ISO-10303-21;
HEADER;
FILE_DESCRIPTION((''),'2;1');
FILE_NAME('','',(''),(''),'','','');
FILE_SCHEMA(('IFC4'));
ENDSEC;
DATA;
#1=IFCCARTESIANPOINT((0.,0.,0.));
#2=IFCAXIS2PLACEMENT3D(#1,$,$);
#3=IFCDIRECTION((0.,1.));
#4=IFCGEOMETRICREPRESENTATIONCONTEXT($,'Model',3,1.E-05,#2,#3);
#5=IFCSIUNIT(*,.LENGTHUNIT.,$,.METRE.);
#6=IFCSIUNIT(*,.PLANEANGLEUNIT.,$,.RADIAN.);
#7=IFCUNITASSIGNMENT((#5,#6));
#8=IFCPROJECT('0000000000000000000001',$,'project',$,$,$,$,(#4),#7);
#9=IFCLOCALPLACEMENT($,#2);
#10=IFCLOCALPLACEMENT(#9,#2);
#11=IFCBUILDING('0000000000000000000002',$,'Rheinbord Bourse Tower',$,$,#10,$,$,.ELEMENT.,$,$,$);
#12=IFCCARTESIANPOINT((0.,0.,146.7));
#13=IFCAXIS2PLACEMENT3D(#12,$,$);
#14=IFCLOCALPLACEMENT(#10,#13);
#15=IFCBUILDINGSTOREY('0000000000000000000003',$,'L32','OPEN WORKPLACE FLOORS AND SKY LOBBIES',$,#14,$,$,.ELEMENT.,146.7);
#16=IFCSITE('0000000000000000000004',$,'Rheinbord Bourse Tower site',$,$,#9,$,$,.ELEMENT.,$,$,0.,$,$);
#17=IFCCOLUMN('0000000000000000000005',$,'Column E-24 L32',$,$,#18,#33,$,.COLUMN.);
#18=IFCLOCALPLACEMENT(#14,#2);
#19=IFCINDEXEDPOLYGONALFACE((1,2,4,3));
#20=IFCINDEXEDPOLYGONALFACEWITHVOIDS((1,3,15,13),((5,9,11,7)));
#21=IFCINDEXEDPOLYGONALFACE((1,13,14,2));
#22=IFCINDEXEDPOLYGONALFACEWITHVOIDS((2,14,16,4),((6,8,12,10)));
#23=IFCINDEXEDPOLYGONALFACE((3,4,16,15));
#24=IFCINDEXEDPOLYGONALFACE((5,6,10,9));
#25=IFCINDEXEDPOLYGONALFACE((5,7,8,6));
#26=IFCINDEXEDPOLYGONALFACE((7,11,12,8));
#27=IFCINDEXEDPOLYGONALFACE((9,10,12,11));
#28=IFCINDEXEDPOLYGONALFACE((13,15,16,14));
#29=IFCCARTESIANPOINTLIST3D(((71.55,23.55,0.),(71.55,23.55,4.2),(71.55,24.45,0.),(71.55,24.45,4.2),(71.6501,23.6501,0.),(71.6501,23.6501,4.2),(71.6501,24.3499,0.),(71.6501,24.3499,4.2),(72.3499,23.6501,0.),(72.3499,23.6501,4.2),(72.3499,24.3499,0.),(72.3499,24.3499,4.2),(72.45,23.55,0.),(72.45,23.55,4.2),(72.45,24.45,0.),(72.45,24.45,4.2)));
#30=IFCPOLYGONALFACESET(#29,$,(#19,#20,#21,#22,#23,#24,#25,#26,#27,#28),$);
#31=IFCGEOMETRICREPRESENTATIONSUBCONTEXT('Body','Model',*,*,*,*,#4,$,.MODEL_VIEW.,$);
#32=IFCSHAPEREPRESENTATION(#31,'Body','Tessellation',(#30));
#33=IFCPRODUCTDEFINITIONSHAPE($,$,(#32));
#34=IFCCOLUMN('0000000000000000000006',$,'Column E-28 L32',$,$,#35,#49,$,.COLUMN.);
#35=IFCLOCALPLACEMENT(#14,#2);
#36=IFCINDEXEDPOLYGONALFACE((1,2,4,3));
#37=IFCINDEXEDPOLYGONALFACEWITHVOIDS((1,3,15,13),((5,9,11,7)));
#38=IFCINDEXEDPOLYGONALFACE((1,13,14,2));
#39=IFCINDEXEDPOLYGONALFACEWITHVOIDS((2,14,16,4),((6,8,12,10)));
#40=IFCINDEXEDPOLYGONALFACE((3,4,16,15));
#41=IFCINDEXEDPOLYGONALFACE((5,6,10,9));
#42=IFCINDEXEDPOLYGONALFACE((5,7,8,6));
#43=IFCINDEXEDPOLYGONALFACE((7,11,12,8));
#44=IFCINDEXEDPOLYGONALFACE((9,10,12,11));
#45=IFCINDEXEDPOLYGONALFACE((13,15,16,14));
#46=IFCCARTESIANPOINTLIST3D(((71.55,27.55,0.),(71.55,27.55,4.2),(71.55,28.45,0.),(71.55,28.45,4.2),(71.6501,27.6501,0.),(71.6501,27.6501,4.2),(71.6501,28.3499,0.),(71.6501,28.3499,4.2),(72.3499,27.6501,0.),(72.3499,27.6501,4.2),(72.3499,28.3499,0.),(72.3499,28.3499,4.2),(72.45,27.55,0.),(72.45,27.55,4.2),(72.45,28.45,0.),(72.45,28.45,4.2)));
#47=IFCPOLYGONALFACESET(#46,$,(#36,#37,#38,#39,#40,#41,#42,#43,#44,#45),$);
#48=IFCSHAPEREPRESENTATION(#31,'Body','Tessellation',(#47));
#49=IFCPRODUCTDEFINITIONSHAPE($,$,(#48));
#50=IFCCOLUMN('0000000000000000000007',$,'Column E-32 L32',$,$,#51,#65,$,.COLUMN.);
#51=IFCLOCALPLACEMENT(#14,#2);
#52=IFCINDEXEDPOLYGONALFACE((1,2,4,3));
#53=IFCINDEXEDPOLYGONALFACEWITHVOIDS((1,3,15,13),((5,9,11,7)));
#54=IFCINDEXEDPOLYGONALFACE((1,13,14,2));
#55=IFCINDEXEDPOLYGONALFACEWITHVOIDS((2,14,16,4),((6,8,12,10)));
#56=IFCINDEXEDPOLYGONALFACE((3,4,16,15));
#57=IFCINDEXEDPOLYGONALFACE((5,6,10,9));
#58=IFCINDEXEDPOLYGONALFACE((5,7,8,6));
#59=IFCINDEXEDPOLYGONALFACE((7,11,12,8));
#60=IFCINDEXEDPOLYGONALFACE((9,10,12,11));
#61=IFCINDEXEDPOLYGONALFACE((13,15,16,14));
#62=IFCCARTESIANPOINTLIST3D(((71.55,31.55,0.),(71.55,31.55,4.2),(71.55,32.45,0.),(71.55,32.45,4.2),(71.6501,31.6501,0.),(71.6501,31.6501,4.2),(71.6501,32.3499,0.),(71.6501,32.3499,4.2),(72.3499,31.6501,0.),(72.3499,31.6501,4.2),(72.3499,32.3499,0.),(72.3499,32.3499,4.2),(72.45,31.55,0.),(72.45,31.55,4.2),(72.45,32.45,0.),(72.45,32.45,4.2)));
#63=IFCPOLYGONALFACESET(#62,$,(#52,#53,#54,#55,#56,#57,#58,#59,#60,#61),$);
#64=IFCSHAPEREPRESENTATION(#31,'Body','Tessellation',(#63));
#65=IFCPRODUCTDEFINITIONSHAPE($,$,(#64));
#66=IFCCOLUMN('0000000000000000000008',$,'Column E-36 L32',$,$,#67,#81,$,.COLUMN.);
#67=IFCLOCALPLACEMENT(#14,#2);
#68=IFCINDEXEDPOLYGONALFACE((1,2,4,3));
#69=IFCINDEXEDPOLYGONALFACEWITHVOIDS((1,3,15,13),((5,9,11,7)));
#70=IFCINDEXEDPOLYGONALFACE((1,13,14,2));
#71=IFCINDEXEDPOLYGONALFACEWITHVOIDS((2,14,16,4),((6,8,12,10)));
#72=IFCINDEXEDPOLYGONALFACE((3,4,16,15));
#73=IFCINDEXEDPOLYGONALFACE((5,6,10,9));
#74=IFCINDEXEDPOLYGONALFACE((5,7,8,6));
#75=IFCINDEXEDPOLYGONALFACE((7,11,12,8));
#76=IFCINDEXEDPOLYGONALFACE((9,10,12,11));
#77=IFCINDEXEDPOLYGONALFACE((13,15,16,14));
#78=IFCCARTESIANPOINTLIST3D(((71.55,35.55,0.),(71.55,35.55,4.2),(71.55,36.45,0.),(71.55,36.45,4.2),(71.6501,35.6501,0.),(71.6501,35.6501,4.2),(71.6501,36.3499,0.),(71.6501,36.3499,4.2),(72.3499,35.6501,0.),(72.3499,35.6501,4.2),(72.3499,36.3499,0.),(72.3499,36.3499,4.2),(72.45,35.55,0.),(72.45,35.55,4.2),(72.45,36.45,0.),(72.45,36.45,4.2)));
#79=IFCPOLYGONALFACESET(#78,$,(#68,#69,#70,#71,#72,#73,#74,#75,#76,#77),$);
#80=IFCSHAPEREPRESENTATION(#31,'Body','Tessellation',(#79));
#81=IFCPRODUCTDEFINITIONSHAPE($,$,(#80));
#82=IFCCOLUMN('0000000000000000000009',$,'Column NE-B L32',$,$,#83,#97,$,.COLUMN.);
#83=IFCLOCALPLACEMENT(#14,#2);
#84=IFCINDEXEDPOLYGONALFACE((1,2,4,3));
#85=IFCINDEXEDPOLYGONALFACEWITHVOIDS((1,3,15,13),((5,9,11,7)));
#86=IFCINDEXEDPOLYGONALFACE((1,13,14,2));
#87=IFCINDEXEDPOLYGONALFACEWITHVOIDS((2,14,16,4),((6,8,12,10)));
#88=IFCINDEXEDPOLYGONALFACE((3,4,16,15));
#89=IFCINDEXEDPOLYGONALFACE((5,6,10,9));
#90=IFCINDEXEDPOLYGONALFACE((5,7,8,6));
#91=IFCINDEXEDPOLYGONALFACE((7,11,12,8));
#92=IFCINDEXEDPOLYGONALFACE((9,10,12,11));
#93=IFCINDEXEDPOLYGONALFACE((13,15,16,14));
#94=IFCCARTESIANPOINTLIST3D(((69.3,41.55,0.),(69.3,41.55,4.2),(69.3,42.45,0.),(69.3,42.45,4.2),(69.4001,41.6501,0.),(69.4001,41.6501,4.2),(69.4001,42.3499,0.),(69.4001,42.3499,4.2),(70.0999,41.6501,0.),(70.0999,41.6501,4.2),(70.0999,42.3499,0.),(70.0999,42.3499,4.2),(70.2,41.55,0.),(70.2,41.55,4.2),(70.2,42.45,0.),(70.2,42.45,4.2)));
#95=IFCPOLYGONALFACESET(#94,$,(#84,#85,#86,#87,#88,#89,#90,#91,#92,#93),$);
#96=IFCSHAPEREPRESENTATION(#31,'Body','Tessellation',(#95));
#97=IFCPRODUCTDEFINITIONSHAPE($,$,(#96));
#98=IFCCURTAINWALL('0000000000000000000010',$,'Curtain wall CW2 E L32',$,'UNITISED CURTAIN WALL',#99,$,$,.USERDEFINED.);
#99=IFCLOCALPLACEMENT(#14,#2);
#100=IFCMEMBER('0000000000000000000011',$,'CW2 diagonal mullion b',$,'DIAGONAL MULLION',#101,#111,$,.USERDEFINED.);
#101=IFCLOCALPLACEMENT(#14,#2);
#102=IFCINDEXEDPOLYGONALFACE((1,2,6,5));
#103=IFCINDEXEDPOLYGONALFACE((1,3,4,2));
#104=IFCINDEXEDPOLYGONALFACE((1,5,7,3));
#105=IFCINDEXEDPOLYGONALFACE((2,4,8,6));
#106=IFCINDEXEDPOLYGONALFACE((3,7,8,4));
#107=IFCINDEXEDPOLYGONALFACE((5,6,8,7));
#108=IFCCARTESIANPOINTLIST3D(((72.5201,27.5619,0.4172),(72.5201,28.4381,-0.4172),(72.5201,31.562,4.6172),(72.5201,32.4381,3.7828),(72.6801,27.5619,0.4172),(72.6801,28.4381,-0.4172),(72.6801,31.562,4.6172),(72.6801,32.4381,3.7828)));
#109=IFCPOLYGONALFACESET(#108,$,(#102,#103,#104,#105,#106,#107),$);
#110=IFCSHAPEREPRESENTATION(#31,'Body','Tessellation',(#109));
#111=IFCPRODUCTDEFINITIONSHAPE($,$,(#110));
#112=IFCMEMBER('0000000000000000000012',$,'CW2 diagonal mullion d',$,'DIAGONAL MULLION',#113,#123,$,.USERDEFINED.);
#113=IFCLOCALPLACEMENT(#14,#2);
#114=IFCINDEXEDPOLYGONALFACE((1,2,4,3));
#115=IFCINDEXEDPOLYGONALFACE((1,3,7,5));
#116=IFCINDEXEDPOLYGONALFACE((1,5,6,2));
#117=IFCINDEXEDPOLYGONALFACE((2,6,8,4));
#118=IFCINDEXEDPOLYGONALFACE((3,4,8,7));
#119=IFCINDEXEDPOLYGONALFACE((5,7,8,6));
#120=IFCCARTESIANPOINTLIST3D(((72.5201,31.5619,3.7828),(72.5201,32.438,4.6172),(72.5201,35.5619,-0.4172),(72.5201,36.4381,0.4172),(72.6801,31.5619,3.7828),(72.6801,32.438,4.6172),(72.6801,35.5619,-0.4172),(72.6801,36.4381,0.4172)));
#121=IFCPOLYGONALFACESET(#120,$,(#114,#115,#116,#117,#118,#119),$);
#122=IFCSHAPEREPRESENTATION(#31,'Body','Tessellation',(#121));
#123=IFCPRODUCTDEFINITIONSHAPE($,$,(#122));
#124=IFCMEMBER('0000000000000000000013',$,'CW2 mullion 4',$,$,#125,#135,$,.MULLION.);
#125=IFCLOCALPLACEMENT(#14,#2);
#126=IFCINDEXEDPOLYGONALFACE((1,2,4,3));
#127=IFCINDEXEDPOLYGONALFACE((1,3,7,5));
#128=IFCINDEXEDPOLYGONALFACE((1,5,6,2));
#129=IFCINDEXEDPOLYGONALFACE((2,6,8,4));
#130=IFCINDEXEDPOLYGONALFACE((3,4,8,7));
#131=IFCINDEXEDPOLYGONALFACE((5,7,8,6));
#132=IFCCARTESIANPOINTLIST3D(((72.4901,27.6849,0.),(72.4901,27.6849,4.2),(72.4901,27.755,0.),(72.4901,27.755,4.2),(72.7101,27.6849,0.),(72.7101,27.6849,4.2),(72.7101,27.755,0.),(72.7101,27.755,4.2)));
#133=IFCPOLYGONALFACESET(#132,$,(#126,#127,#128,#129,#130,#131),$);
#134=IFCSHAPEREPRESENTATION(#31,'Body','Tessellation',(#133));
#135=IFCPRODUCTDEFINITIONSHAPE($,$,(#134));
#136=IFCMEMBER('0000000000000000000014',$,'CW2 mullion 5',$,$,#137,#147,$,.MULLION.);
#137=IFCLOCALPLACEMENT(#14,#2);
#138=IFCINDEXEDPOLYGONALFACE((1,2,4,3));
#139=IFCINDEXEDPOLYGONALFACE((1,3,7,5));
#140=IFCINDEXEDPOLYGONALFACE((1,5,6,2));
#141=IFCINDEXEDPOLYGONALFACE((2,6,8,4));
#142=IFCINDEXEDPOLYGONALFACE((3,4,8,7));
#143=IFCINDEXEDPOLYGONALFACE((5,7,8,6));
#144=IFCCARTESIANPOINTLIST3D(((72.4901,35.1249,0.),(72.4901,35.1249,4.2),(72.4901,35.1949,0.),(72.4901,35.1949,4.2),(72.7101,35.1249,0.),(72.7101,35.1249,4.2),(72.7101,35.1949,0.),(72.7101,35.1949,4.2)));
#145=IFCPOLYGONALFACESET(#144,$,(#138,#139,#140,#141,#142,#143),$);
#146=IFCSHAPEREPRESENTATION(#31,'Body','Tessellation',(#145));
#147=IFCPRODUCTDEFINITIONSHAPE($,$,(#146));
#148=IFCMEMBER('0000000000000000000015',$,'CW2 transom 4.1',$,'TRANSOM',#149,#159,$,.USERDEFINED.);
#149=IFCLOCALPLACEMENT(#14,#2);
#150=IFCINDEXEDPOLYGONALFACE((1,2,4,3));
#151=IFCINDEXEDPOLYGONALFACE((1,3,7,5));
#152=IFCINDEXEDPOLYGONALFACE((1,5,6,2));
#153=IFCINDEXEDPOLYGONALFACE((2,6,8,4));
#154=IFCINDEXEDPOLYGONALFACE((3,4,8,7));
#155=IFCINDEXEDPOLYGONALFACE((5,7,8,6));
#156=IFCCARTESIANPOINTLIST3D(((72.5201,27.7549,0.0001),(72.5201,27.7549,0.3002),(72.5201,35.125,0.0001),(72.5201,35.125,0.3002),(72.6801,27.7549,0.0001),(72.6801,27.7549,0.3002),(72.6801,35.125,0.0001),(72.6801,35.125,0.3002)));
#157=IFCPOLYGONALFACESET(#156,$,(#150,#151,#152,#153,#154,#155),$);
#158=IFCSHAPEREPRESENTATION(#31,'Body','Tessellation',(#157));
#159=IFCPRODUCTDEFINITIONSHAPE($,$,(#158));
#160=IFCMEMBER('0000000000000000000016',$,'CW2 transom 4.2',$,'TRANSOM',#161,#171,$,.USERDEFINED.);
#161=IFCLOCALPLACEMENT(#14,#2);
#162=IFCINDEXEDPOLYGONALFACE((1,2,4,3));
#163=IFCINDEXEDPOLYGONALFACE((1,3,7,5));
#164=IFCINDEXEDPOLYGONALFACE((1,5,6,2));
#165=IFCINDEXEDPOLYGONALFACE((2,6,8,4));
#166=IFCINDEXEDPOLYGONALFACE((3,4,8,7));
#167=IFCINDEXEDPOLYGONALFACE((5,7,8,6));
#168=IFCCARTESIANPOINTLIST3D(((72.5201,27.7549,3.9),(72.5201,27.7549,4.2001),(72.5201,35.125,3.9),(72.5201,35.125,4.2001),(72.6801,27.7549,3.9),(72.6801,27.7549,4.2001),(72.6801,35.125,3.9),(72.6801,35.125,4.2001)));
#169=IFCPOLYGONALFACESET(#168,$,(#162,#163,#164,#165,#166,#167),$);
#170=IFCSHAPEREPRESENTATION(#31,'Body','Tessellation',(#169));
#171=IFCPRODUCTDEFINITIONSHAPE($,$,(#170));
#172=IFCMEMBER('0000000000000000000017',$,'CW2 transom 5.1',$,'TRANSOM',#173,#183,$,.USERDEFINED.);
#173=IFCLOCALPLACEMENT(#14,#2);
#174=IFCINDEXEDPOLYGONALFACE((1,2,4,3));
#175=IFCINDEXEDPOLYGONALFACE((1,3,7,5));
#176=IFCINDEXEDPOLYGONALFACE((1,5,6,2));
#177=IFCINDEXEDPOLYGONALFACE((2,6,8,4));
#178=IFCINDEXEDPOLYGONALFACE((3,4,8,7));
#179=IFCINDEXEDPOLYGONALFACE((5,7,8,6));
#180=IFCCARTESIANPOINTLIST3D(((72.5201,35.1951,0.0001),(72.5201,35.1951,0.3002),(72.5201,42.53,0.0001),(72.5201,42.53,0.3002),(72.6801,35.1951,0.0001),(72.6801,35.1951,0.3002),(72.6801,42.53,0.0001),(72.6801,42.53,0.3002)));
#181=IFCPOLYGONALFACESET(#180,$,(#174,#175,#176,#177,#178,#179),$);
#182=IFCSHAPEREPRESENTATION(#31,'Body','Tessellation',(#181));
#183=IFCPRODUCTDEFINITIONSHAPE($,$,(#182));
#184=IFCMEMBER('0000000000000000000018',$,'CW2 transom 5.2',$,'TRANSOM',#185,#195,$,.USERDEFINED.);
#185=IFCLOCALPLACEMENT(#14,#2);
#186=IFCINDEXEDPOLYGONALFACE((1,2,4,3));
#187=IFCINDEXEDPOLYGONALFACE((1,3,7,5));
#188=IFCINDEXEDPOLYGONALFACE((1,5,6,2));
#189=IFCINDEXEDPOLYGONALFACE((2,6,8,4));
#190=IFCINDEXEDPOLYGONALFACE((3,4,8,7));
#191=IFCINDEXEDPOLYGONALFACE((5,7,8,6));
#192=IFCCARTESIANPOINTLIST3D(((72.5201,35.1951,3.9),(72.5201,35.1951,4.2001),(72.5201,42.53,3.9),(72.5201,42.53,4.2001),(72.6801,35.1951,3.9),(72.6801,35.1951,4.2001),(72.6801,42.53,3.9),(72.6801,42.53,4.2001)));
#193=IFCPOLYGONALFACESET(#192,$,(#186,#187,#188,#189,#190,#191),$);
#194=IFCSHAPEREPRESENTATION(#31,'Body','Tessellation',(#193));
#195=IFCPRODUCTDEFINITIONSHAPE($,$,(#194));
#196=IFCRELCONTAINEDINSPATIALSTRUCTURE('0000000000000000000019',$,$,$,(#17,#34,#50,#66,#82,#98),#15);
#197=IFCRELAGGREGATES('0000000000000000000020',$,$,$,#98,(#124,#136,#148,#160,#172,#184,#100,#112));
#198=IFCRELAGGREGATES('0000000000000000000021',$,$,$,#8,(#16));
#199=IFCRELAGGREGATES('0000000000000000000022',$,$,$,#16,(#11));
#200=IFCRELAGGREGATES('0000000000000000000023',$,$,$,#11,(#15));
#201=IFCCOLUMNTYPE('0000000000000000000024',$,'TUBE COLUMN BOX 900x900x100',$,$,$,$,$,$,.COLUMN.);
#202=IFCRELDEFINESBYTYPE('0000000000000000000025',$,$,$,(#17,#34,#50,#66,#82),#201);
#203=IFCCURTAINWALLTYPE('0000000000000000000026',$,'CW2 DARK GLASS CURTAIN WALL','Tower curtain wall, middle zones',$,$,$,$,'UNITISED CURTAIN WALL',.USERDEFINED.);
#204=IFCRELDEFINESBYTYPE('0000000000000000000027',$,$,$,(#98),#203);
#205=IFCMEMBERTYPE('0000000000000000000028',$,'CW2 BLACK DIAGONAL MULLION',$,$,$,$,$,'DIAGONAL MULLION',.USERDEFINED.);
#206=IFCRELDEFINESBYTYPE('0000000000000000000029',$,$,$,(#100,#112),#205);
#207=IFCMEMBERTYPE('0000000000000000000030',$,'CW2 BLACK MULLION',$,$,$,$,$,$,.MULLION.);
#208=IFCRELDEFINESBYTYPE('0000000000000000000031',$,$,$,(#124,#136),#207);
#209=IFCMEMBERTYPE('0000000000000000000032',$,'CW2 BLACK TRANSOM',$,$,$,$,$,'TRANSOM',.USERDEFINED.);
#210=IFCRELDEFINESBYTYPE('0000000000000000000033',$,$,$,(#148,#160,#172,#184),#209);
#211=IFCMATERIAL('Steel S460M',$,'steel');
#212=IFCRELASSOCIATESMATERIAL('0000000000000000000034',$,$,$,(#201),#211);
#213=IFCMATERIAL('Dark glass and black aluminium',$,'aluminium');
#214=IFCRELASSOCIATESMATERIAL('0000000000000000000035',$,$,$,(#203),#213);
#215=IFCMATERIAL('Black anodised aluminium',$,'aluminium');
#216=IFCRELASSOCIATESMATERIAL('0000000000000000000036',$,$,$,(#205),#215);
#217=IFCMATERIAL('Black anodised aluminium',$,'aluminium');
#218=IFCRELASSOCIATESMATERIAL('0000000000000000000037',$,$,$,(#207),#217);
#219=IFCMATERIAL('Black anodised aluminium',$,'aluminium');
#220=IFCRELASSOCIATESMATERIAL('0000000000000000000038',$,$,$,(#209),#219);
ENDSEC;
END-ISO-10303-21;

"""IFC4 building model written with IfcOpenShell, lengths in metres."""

from ifc_helpers import new_model, si_unit, direction, frame, origin, origin_2d, place, context, subcontext, project, spatial, rectangle, hollow_rectangle, extrude, material, material_profile, profile_set, type_object, element, aggregate, save


model = new_model("IFC4")

# Units and contexts
model_context = context("Model", 3, precision=1e-05, world=origin(), true_north=direction((0.0, 1.0)))
body_context = subcontext(model_context, "Body", "Model", "MODEL_VIEW")
ifc_project = project(units=[si_unit("LENGTHUNIT", "METRE"), si_unit("PLANEANGLEUNIT", "RADIAN")], contexts=[model_context])

# Site, building, storey
site_placement = place(None, origin())
site = spatial("IfcSite", under=ifc_project, at=site_placement, Name="Rheinbord Bourse Tower site", CompositionType="ELEMENT", RefElevation=0.0)
building_placement = place(site_placement, origin())
building = spatial("IfcBuilding", under=site, at=building_placement, Name="Rheinbord Bourse Tower", CompositionType="ELEMENT")
storey_placement = place(building_placement, frame((0.0, 0.0, 146.7)))
storey = spatial("IfcBuildingStorey", under=building, at=storey_placement, Name="L32", Description="OPEN WORKPLACE FLOORS AND SKY LOBBIES", CompositionType="ELEMENT", Elevation=146.7)

# Columns
ifc_material_1 = material(Name="Steel S460M", Category="steel")
ifc_material_profile_1 = material_profile(ifc_material_1, hollow_rectangle(XDim=0.8999, YDim=0.8999, WallThickness=0.1001, at=origin_2d()), Name="BOX 900x900x100")
ifc_profile_set_1 = profile_set([ifc_material_profile_1], Name="Steel S460M")
column_type = type_object("IfcColumnType", Name="TUBE COLUMN BOX 900x900x100", PredefinedType="COLUMN", material=ifc_profile_set_1)
for number, where, z_axis, x_axis, name in (
    (1, (72.0, 24.0, 0.0), (0.0, 0.0, 1.0), (1.0, 0.0, 0.0), "Column E-24 L32"),
    (2, (72.0, 28.0, 0.0), (0.0, 0.0, 1.0), (1.0, 0.0, 0.0), "Column E-28 L32"),
    (3, (72.0, 32.0, 0.0), (0.0, 0.0, 1.0), (1.0, 0.0, 0.0), "Column E-32 L32"),
    (4, (72.0, 36.0, 0.0), (0.0, 0.0, 1.0), (1.0, 0.0, 0.0), "Column E-36 L32"),
    (5, (69.75, 42.0, 0.0), (0.0, 0.0, 1.0), (1.0, 0.0, 0.0), "Column NE-B L32"),
):
    element("IfcColumn", number, at=place(storey_placement, frame(where, z_axis=z_axis, x_axis=x_axis)), inside=storey, type_object=column_type, Name=name, PredefinedType="COLUMN", context=body_context, shape_type="SweptSolid", body=[
        extrude(hollow_rectangle(XDim=0.8999, YDim=0.8999, WallThickness=0.1001, at=origin_2d()), origin(), (0.0, 0.0, 1.0), 4.2),
    ])

# Curtain wall, members
ifc_material_2 = material(Name="Dark glass and black aluminium", Category="aluminium")
curtain_wall_type = type_object("IfcCurtainWallType", Name="CW2 DARK GLASS CURTAIN WALL", Description="Tower curtain wall, middle zones", ElementType="UNITISED CURTAIN WALL", PredefinedType="USERDEFINED", material=ifc_material_2)
curtain_wall_placement = place(storey_placement, origin())
curtain_wall = element("IfcCurtainWall", 6, at=curtain_wall_placement, inside=storey, type_object=curtain_wall_type, Name="Curtain wall CW2 E L32", ObjectType="UNITISED CURTAIN WALL", PredefinedType="USERDEFINED")
ifc_material_3 = material(Name="Black anodised aluminium", Category="aluminium")
ifc_material_profile_2 = material_profile(ifc_material_3, rectangle(XDim=0.1599, YDim=1.21, at=origin_2d()), Name="CW2 DIAGONAL MULLION 1210x160")
ifc_profile_set_2 = profile_set([ifc_material_profile_2], Name="Black anodised aluminium")
member_type_1 = type_object("IfcMemberType", Name="CW2 BLACK DIAGONAL MULLION", ElementType="DIAGONAL MULLION", PredefinedType="USERDEFINED", material=ifc_profile_set_2)
member_1_placement = place(storey_placement, frame((72.6001, 28.0, 0.0), z_axis=(0.0, 0.689659, 0.724134), x_axis=(-1.0, 0.0, 0.0)))
member_1 = element("IfcMember", 7, at=member_1_placement, type_object=member_type_1, Name="CW2 diagonal mullion b", ObjectType="DIAGONAL MULLION", PredefinedType="USERDEFINED", context=body_context, shape_type="SweptSolid", body=[
    extrude(rectangle(XDim=0.1599, YDim=1.21, at=origin_2d()), origin(), (0.0, 0.0, 1.0), 5.8),
])
member_2_placement = place(storey_placement, frame((72.6001, 36.0, 0.0), z_axis=(0.0, -0.689659, 0.724134), x_axis=(1.0, 0.0, 0.0)))
member_2 = element("IfcMember", 8, at=member_2_placement, type_object=member_type_1, Name="CW2 diagonal mullion d", ObjectType="DIAGONAL MULLION", PredefinedType="USERDEFINED", context=body_context, shape_type="SweptSolid", body=[
    extrude(rectangle(XDim=0.1599, YDim=1.21, at=origin_2d()), origin(), (0.0, 0.0, 1.0), 5.8),
])
ifc_material_4 = material(Name="Black anodised aluminium", Category="aluminium")
ifc_material_profile_3 = material_profile(ifc_material_4, rectangle(XDim=0.22, YDim=0.0701, at=origin_2d()), Name="CW2 MULLION 70x220")
ifc_profile_set_3 = profile_set([ifc_material_profile_3], Name="Black anodised aluminium")
member_type_2 = type_object("IfcMemberType", Name="CW2 BLACK MULLION", PredefinedType="MULLION", material=ifc_profile_set_3)
member_3_placement = place(storey_placement, frame((72.6001, 27.72, 0.0), z_axis=(0.0, 0.0, 1.0), x_axis=(-1.0, 0.0, 0.0)))
member_3 = element("IfcMember", 9, at=member_3_placement, type_object=member_type_2, Name="CW2 mullion 4", PredefinedType="MULLION", context=body_context, shape_type="SweptSolid", body=[
    extrude(rectangle(XDim=0.22, YDim=0.0701, at=origin_2d()), origin(), (0.0, 0.0, 1.0), 4.2),
])
member_4_placement = place(storey_placement, frame((72.6001, 35.1599, 0.0), z_axis=(0.0, 0.0, 1.0), x_axis=(-1.0, 0.0, 0.0)))
member_4 = element("IfcMember", 10, at=member_4_placement, type_object=member_type_2, Name="CW2 mullion 5", PredefinedType="MULLION", context=body_context, shape_type="SweptSolid", body=[
    extrude(rectangle(XDim=0.22, YDim=0.0701, at=origin_2d()), origin(), (0.0, 0.0, 1.0), 4.2),
])
ifc_material_5 = material(Name="Black anodised aluminium", Category="aluminium")
ifc_material_profile_4 = material_profile(ifc_material_5, rectangle(XDim=0.1599, YDim=0.3, at=origin_2d()), Name="CW2 TRANSOM 300x160")
ifc_profile_set_4 = profile_set([ifc_material_profile_4], Name="Black anodised aluminium")
member_type_3 = type_object("IfcMemberType", Name="CW2 BLACK TRANSOM", ElementType="TRANSOM", PredefinedType="USERDEFINED", material=ifc_profile_set_4)
member_5_placement = place(storey_placement, frame((72.6001, 27.7549, 0.1501), z_axis=(0.0, 1.0, 0.0), x_axis=(-1.0, 0.0, 0.0)))
member_5 = element("IfcMember", 11, at=member_5_placement, type_object=member_type_3, Name="CW2 transom 4.1", ObjectType="TRANSOM", PredefinedType="USERDEFINED", context=body_context, shape_type="SweptSolid", body=[
    extrude(rectangle(XDim=0.1599, YDim=0.3, at=origin_2d()), origin(), (0.0, 0.0, 1.0), 7.3701),
])
member_6_placement = place(storey_placement, frame((72.6001, 27.7549, 4.05), z_axis=(0.0, 1.0, 0.0), x_axis=(-1.0, 0.0, 0.0)))
member_6 = element("IfcMember", 12, at=member_6_placement, type_object=member_type_3, Name="CW2 transom 4.2", ObjectType="TRANSOM", PredefinedType="USERDEFINED", context=body_context, shape_type="SweptSolid", body=[
    extrude(rectangle(XDim=0.1599, YDim=0.3, at=origin_2d()), origin(), (0.0, 0.0, 1.0), 7.3701),
])
member_7_placement = place(storey_placement, frame((72.6001, 35.1951, 0.1501), z_axis=(0.0, 1.0, 0.0), x_axis=(-1.0, 0.0, 0.0)))
member_7 = element("IfcMember", 13, at=member_7_placement, type_object=member_type_3, Name="CW2 transom 5.1", ObjectType="TRANSOM", PredefinedType="USERDEFINED", context=body_context, shape_type="SweptSolid", body=[
    extrude(rectangle(XDim=0.1599, YDim=0.3, at=origin_2d()), origin(), (0.0, 0.0, 1.0), 7.335),
])
member_8_placement = place(storey_placement, frame((72.6001, 35.1951, 4.05), z_axis=(0.0, 1.0, 0.0), x_axis=(-1.0, 0.0, 0.0)))
member_8 = element("IfcMember", 14, at=member_8_placement, type_object=member_type_3, Name="CW2 transom 5.2", ObjectType="TRANSOM", PredefinedType="USERDEFINED", context=body_context, shape_type="SweptSolid", body=[
    extrude(rectangle(XDim=0.1599, YDim=0.3, at=origin_2d()), origin(), (0.0, 0.0, 1.0), 7.335),
])

aggregate(curtain_wall, [member_3, member_4, member_5, member_6, member_7, member_8, member_1, member_2])

save(model, "model.ifc")
